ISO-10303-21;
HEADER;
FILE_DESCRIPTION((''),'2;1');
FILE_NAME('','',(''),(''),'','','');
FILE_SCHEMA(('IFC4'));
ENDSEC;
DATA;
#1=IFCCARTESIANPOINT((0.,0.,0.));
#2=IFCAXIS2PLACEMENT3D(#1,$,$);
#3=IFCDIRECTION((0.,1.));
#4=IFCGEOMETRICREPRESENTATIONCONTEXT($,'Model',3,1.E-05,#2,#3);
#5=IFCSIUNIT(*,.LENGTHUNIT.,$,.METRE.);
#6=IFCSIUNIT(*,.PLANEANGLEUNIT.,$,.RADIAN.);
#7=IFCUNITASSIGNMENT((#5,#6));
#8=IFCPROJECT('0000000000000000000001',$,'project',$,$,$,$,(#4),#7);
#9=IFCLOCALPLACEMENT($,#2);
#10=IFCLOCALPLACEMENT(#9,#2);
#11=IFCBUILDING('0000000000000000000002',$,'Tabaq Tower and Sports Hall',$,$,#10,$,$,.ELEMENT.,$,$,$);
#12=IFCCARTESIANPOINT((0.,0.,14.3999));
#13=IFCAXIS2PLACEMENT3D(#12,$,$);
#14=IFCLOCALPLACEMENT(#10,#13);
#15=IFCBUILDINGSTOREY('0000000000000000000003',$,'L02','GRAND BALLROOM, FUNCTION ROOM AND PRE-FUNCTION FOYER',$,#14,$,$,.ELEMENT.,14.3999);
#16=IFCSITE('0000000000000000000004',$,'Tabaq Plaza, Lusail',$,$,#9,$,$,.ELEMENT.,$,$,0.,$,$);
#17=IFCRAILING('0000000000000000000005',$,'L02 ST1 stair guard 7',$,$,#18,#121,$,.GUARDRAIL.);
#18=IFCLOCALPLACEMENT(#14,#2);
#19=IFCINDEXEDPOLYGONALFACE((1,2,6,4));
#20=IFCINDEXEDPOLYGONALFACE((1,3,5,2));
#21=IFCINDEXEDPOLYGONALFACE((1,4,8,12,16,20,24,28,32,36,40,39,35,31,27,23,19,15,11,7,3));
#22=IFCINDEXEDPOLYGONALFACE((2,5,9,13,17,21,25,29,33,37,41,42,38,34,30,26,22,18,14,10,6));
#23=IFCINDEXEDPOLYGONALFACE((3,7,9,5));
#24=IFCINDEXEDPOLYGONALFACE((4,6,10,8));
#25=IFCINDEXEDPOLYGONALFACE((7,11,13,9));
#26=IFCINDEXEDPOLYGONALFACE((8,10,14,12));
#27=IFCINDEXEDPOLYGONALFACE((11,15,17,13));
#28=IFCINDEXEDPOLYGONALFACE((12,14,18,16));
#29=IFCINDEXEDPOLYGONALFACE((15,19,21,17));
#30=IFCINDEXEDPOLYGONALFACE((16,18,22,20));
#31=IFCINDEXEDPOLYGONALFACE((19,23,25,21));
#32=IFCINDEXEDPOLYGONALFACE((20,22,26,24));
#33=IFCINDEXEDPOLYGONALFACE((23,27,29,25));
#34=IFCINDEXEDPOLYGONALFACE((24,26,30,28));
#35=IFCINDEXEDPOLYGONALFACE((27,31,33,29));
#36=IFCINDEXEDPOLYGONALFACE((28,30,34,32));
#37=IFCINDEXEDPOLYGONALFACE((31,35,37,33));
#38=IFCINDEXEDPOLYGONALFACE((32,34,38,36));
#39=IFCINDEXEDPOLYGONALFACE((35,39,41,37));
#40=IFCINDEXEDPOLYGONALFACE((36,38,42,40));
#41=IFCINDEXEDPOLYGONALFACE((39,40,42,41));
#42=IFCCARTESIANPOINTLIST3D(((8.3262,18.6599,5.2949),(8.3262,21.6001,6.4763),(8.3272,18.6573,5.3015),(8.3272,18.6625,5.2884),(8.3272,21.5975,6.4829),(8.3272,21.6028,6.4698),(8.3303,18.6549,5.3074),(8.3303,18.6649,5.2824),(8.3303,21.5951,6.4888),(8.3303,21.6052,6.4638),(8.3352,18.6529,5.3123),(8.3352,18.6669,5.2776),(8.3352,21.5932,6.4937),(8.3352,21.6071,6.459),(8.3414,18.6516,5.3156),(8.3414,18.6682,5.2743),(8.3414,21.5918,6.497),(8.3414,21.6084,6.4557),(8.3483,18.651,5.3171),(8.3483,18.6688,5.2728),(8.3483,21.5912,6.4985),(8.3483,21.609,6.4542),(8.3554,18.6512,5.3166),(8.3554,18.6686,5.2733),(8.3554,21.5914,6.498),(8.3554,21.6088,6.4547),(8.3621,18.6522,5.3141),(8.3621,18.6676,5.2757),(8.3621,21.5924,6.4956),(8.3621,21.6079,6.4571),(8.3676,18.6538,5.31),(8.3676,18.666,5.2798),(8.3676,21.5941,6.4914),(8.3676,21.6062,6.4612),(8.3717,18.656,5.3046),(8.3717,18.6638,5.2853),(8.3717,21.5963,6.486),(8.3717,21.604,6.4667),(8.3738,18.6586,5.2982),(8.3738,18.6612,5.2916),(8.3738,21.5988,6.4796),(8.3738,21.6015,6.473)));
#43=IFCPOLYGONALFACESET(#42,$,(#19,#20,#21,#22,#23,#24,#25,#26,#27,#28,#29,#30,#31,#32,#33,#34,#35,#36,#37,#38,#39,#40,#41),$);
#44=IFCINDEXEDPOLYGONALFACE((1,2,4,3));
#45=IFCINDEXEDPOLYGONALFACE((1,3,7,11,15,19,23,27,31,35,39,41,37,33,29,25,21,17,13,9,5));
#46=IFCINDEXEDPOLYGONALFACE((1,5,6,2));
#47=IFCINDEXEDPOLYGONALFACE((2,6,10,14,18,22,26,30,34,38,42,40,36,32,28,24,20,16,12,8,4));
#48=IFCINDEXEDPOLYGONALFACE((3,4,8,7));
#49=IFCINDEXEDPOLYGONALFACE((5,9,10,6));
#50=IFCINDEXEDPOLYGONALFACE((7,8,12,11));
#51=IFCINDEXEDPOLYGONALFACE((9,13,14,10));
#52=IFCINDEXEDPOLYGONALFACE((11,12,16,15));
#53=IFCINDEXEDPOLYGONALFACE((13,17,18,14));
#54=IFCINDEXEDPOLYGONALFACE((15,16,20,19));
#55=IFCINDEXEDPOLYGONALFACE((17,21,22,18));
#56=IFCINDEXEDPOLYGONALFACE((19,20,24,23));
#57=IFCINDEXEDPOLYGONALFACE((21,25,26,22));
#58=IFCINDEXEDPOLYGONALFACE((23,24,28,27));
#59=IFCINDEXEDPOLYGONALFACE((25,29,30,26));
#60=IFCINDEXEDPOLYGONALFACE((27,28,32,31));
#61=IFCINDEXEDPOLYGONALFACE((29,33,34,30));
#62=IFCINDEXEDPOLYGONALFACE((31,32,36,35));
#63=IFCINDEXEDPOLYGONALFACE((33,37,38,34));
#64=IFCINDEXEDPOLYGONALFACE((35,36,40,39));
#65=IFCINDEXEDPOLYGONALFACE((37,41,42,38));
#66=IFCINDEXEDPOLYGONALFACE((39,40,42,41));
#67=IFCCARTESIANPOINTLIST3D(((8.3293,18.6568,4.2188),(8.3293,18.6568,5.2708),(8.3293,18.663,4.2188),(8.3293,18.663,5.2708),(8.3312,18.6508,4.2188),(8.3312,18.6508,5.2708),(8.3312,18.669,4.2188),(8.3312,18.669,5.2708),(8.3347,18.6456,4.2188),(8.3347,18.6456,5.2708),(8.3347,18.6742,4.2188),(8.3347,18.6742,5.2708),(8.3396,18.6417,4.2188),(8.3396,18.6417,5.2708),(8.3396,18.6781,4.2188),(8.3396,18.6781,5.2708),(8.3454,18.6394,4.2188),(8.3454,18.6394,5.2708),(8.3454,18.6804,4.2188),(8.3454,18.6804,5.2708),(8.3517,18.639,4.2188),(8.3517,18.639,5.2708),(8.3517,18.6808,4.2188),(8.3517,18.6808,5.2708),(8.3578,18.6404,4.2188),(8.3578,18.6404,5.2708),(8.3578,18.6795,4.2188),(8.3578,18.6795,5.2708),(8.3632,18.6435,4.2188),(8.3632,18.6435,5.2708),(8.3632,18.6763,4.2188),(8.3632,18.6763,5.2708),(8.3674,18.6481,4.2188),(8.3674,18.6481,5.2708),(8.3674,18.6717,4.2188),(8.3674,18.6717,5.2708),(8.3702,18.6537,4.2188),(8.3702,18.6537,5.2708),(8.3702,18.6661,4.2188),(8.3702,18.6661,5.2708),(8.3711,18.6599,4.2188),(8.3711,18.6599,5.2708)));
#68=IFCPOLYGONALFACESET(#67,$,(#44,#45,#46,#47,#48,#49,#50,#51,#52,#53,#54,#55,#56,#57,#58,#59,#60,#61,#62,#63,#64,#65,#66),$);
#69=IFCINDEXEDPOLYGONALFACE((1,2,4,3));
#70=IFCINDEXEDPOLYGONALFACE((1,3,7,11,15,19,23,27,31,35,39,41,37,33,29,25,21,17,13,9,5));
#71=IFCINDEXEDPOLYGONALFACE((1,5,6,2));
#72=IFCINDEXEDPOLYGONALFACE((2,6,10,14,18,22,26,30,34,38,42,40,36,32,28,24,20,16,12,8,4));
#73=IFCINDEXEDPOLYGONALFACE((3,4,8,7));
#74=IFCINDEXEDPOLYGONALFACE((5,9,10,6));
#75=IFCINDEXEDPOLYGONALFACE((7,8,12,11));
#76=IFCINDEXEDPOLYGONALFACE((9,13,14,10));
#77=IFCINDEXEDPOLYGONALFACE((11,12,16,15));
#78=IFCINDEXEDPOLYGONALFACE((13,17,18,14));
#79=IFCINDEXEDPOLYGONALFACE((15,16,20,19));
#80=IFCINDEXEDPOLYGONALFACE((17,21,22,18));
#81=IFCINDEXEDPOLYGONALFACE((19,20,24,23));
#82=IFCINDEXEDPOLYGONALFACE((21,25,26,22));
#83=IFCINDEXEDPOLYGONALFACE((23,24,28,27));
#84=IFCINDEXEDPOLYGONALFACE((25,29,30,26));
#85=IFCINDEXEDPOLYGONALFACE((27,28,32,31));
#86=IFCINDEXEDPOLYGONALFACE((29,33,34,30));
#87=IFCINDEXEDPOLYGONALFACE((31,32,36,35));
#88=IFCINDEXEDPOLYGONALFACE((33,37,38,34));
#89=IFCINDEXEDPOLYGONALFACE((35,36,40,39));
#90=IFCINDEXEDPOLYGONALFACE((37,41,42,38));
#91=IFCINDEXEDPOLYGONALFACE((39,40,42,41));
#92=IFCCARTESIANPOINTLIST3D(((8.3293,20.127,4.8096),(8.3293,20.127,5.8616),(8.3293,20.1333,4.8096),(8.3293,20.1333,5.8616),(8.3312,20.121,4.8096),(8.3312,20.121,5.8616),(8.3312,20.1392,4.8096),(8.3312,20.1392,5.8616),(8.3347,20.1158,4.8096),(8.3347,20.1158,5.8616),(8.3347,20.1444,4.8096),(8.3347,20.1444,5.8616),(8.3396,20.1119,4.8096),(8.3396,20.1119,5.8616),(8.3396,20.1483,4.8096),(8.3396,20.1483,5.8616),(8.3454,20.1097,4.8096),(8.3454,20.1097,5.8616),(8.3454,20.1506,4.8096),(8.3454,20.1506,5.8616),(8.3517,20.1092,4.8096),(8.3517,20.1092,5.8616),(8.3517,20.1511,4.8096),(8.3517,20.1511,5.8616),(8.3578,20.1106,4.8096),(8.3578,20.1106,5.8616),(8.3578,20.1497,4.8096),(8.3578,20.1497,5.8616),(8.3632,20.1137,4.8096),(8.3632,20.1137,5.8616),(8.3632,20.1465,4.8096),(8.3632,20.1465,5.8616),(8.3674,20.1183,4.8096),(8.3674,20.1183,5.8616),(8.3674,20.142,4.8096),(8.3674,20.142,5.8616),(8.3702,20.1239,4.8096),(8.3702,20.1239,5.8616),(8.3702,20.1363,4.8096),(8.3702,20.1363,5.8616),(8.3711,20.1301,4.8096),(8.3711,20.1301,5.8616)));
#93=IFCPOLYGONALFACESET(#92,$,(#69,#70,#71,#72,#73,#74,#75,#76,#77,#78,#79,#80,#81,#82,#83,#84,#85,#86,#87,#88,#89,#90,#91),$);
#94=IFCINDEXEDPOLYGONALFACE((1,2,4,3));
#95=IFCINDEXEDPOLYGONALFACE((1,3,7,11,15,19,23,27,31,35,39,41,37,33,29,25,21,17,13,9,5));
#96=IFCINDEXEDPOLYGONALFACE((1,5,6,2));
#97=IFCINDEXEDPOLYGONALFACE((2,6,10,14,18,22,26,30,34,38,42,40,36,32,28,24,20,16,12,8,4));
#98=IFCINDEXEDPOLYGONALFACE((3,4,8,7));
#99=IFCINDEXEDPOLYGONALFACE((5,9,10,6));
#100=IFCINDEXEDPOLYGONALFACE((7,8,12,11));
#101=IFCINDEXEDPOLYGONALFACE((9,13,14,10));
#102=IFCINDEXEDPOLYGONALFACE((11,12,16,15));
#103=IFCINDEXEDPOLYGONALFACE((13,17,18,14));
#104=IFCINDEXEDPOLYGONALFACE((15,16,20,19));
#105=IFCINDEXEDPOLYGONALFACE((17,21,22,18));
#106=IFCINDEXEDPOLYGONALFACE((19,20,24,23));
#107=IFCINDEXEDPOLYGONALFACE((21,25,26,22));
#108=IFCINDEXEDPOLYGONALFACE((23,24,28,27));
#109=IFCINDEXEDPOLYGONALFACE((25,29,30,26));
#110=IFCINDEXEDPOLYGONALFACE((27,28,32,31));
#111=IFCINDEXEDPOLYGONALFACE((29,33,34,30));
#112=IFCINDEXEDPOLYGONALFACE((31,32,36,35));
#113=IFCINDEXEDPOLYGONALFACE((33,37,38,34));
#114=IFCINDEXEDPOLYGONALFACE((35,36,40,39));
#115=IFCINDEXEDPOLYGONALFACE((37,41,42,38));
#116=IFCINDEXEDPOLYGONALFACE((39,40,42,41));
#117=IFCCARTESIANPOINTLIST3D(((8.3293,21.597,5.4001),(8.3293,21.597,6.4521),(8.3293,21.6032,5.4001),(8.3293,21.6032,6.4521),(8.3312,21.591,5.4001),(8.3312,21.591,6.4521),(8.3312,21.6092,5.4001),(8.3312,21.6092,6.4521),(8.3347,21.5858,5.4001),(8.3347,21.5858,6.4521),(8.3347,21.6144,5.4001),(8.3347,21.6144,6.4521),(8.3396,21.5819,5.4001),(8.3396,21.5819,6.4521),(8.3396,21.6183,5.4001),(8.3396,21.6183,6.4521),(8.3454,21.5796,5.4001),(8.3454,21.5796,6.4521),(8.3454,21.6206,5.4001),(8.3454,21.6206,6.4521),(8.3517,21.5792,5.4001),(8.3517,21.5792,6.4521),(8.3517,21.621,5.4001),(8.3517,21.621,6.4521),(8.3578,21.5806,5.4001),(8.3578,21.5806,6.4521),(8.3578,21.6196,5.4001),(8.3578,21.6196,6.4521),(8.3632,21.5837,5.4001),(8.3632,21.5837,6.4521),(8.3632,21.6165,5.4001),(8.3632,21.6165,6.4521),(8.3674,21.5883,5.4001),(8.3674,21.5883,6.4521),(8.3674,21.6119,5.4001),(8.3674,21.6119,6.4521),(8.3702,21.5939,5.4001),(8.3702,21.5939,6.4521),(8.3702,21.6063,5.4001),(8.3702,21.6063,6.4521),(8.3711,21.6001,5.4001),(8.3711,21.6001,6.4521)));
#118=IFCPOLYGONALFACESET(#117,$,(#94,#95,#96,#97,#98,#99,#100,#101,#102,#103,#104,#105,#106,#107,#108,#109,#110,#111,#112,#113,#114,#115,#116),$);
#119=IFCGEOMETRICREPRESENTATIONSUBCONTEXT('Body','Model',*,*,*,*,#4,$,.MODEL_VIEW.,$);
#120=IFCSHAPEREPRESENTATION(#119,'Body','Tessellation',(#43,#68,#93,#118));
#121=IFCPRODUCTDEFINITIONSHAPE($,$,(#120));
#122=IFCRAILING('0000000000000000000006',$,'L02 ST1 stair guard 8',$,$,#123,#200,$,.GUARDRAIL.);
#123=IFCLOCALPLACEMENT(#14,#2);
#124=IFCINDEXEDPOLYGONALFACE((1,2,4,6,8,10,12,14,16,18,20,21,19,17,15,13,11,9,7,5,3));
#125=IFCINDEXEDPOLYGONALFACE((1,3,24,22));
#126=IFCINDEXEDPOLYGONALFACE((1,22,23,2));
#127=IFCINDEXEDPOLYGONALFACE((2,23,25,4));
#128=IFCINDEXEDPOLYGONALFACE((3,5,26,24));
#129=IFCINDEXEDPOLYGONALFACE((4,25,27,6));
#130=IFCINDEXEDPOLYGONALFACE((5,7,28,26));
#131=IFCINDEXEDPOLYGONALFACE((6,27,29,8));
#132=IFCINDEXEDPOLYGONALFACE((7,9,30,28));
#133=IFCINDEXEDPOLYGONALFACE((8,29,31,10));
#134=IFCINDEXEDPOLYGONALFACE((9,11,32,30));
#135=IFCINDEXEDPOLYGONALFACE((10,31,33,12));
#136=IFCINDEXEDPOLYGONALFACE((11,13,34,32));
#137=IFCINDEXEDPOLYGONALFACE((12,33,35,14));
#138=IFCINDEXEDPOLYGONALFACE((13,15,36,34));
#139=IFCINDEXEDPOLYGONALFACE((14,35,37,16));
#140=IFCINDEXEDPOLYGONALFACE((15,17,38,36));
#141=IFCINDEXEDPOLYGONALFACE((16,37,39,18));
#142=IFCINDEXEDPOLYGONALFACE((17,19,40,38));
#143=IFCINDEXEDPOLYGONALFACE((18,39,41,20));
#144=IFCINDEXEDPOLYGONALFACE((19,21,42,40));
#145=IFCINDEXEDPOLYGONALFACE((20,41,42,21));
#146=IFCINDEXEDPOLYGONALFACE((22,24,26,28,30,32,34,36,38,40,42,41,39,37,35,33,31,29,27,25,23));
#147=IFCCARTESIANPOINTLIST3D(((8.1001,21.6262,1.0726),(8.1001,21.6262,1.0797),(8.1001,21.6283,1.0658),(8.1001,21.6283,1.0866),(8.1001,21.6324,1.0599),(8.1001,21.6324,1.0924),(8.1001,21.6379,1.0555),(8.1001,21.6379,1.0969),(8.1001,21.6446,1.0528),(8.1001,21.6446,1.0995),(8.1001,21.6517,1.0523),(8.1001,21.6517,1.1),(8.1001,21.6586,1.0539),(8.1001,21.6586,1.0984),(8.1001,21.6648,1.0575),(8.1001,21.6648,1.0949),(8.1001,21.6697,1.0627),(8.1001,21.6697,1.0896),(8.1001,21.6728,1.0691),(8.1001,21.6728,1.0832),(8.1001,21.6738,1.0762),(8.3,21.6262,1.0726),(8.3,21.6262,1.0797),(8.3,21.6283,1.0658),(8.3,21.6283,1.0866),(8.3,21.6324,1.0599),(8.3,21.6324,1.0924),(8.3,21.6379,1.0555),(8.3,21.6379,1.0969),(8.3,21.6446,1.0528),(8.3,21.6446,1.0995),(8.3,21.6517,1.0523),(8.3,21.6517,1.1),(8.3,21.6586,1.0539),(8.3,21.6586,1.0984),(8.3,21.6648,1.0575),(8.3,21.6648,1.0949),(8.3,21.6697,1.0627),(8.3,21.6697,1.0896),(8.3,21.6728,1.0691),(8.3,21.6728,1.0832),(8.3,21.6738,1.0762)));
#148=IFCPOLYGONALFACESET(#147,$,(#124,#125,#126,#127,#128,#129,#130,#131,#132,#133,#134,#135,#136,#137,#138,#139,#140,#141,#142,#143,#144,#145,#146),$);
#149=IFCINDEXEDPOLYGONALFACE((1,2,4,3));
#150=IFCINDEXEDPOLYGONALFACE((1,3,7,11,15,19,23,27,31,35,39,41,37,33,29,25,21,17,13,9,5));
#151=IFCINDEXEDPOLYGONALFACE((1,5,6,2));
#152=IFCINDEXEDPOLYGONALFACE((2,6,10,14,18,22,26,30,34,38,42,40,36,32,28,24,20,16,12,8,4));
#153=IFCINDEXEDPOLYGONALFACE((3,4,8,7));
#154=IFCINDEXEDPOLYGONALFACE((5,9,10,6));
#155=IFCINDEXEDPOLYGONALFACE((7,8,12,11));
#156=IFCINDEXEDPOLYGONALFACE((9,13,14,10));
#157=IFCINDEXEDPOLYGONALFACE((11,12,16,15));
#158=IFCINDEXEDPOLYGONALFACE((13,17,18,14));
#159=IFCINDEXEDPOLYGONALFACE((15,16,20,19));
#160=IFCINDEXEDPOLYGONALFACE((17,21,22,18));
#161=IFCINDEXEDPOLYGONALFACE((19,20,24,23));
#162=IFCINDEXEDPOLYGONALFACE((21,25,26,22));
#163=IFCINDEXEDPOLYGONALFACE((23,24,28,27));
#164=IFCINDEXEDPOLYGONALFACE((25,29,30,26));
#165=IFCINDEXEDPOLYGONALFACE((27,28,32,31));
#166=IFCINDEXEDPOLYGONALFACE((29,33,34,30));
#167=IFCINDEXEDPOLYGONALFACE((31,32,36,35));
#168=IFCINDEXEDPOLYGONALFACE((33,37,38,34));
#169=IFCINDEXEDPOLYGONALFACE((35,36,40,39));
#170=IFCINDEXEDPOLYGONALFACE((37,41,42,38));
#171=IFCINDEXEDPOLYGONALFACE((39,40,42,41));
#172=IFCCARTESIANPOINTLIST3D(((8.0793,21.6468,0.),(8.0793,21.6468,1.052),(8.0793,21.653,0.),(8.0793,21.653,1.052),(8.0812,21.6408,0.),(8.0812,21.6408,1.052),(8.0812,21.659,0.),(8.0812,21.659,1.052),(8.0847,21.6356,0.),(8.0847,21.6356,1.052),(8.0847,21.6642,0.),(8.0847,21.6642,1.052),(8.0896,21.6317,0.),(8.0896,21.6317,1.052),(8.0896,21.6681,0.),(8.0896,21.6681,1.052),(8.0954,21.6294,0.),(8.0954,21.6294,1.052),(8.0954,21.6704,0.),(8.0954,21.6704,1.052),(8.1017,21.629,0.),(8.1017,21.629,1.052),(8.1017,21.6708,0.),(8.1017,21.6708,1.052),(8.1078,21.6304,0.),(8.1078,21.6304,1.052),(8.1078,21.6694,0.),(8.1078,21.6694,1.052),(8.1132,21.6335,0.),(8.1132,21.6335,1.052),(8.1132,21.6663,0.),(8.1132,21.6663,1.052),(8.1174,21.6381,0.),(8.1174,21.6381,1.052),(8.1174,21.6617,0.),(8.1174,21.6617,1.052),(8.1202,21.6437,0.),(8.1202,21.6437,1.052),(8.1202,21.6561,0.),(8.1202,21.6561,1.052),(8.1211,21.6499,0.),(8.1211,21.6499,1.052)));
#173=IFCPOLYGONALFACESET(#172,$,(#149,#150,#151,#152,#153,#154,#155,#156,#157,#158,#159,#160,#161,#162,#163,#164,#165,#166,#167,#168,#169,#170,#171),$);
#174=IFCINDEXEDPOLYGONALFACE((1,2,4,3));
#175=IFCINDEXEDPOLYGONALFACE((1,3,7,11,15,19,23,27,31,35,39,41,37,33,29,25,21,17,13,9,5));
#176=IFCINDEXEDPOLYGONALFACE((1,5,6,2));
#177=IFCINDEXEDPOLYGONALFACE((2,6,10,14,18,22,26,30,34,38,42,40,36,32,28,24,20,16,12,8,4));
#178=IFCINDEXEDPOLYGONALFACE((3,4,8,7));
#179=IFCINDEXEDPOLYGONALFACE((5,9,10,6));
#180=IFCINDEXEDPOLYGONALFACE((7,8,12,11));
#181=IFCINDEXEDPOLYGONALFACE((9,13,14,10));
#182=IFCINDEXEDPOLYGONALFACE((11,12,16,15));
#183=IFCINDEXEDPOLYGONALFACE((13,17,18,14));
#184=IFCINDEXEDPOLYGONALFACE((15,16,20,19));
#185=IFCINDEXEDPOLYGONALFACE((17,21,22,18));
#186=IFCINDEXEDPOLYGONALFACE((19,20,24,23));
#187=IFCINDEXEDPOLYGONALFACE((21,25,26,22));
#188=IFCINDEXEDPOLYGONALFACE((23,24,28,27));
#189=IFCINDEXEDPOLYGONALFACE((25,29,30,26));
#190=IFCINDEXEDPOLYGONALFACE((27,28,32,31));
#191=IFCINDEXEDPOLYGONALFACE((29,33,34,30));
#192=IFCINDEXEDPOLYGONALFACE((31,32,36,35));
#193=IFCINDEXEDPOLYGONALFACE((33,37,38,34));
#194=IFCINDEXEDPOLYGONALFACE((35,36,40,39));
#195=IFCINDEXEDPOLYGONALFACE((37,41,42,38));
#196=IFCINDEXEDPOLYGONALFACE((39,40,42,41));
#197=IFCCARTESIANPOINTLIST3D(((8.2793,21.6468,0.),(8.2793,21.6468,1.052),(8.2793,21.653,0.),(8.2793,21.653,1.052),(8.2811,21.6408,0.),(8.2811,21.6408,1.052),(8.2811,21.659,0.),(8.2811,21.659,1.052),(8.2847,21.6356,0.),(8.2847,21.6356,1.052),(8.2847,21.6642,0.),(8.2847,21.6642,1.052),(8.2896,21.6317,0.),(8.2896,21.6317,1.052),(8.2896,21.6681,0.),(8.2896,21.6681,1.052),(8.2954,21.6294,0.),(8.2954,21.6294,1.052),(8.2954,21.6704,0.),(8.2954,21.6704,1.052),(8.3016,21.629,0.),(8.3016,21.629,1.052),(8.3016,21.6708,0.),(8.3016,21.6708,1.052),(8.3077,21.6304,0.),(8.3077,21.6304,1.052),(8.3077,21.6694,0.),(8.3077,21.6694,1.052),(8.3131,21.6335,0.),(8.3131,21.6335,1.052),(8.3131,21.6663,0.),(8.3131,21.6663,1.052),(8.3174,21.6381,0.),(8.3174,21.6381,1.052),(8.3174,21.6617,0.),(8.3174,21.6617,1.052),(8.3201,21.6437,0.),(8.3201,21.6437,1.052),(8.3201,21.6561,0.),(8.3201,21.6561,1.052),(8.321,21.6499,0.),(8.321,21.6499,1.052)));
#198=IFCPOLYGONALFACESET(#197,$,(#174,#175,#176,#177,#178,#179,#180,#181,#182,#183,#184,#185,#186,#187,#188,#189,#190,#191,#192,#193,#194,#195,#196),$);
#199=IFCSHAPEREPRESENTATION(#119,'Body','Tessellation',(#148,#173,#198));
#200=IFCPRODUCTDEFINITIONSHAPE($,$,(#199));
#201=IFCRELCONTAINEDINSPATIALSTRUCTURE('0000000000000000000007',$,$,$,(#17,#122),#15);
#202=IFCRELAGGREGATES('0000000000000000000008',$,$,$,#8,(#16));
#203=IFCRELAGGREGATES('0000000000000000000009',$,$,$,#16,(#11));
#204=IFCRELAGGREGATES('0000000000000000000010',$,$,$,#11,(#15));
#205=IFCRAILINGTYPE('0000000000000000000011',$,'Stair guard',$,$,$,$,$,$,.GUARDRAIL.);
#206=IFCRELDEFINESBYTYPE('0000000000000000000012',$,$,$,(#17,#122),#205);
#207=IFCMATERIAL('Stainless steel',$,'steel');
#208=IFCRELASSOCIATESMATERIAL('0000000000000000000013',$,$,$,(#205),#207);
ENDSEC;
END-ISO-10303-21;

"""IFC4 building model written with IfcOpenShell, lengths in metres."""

from ifc_helpers import new_model, si_unit, direction, frame, origin, origin_2d, place, context, subcontext, project, spatial, circle, extrude, material, type_object, element, save


model = new_model("IFC4")

# Units and contexts
model_context = context("Model", 3, precision=1e-05, world=origin(), true_north=direction((0.0, 1.0)))
body_context = subcontext(model_context, "Body", "Model", "MODEL_VIEW")
ifc_project = project(units=[si_unit("LENGTHUNIT", "METRE"), si_unit("PLANEANGLEUNIT", "RADIAN")], contexts=[model_context])

# Site, building, storey
site_placement = place(None, origin())
site = spatial("IfcSite", under=ifc_project, at=site_placement, Name="Tabaq Plaza, Lusail", CompositionType="ELEMENT", RefElevation=0.0)
building_placement = place(site_placement, origin())
building = spatial("IfcBuilding", under=site, at=building_placement, Name="Tabaq Tower and Sports Hall", CompositionType="ELEMENT")
storey_placement = place(building_placement, frame((0.0, 0.0, 14.3999)))
storey = spatial("IfcBuildingStorey", under=building, at=storey_placement, Name="L02", Description="GRAND BALLROOM, FUNCTION ROOM AND PRE-FUNCTION FOYER", CompositionType="ELEMENT", Elevation=14.3999)

# Railings
ifc_material_1 = material(Name="Stainless steel", Category="steel")
railing_type_1 = type_object("IfcRailingType", Name="Stair guard", PredefinedType="GUARDRAIL", material=ifc_material_1)
railing_1_placement = place(storey_placement, frame((8.3501, 18.6599, 4.2188)))
element("IfcRailing", 1, at=railing_1_placement, inside=storey, type_object=railing_type_1, Name="L02 ST1 stair guard 7", PredefinedType="GUARDRAIL", context=body_context, shape_type="SweptSolid", body=[
    extrude(circle(Radius=0.0239, at=origin_2d()), frame((0.0, 0.0, 1.0762), z_axis=(0.0, 0.927896, 0.372838), x_axis=(-1.0, 0.0, 0.0)), (0.0, 0.0, 1.0), 3.1687),
    extrude(circle(Radius=0.021, at=origin_2d()), origin(), (0.0, 0.0, 1.0), 1.052),
    extrude(circle(Radius=0.021, at=origin_2d()), frame((0.0, 1.4702, 0.5908)), (0.0, 0.0, 1.0), 1.052),
    extrude(circle(Radius=0.021, at=origin_2d()), frame((0.0, 2.9402, 1.1814)), (0.0, 0.0, 1.0), 1.052),
])
for number, where, name in (
    (2, (8.1001, 21.6499, 0.0), "L02 ST1 stair guard 8"),
):
    element("IfcRailing", number, at=place(storey_placement, frame(where)), inside=storey, type_object=railing_type_1, Name=name, PredefinedType="GUARDRAIL", context=body_context, shape_type="SweptSolid", body=[
        extrude(circle(Radius=0.0239, at=origin_2d()), frame((0.0, 0.0, 1.0762), z_axis=(1.0, 0.0, 0.0), x_axis=(0.0, 1.0, 0.0)), (0.0, 0.0, 1.0), 0.2),
        extrude(circle(Radius=0.021, at=origin_2d()), origin(), (0.0, 0.0, 1.0), 1.052),
        extrude(circle(Radius=0.021, at=origin_2d()), frame((0.2, 0.0, 0.0)), (0.0, 0.0, 1.0), 1.052),
    ])

save(model, "model.ifc")
